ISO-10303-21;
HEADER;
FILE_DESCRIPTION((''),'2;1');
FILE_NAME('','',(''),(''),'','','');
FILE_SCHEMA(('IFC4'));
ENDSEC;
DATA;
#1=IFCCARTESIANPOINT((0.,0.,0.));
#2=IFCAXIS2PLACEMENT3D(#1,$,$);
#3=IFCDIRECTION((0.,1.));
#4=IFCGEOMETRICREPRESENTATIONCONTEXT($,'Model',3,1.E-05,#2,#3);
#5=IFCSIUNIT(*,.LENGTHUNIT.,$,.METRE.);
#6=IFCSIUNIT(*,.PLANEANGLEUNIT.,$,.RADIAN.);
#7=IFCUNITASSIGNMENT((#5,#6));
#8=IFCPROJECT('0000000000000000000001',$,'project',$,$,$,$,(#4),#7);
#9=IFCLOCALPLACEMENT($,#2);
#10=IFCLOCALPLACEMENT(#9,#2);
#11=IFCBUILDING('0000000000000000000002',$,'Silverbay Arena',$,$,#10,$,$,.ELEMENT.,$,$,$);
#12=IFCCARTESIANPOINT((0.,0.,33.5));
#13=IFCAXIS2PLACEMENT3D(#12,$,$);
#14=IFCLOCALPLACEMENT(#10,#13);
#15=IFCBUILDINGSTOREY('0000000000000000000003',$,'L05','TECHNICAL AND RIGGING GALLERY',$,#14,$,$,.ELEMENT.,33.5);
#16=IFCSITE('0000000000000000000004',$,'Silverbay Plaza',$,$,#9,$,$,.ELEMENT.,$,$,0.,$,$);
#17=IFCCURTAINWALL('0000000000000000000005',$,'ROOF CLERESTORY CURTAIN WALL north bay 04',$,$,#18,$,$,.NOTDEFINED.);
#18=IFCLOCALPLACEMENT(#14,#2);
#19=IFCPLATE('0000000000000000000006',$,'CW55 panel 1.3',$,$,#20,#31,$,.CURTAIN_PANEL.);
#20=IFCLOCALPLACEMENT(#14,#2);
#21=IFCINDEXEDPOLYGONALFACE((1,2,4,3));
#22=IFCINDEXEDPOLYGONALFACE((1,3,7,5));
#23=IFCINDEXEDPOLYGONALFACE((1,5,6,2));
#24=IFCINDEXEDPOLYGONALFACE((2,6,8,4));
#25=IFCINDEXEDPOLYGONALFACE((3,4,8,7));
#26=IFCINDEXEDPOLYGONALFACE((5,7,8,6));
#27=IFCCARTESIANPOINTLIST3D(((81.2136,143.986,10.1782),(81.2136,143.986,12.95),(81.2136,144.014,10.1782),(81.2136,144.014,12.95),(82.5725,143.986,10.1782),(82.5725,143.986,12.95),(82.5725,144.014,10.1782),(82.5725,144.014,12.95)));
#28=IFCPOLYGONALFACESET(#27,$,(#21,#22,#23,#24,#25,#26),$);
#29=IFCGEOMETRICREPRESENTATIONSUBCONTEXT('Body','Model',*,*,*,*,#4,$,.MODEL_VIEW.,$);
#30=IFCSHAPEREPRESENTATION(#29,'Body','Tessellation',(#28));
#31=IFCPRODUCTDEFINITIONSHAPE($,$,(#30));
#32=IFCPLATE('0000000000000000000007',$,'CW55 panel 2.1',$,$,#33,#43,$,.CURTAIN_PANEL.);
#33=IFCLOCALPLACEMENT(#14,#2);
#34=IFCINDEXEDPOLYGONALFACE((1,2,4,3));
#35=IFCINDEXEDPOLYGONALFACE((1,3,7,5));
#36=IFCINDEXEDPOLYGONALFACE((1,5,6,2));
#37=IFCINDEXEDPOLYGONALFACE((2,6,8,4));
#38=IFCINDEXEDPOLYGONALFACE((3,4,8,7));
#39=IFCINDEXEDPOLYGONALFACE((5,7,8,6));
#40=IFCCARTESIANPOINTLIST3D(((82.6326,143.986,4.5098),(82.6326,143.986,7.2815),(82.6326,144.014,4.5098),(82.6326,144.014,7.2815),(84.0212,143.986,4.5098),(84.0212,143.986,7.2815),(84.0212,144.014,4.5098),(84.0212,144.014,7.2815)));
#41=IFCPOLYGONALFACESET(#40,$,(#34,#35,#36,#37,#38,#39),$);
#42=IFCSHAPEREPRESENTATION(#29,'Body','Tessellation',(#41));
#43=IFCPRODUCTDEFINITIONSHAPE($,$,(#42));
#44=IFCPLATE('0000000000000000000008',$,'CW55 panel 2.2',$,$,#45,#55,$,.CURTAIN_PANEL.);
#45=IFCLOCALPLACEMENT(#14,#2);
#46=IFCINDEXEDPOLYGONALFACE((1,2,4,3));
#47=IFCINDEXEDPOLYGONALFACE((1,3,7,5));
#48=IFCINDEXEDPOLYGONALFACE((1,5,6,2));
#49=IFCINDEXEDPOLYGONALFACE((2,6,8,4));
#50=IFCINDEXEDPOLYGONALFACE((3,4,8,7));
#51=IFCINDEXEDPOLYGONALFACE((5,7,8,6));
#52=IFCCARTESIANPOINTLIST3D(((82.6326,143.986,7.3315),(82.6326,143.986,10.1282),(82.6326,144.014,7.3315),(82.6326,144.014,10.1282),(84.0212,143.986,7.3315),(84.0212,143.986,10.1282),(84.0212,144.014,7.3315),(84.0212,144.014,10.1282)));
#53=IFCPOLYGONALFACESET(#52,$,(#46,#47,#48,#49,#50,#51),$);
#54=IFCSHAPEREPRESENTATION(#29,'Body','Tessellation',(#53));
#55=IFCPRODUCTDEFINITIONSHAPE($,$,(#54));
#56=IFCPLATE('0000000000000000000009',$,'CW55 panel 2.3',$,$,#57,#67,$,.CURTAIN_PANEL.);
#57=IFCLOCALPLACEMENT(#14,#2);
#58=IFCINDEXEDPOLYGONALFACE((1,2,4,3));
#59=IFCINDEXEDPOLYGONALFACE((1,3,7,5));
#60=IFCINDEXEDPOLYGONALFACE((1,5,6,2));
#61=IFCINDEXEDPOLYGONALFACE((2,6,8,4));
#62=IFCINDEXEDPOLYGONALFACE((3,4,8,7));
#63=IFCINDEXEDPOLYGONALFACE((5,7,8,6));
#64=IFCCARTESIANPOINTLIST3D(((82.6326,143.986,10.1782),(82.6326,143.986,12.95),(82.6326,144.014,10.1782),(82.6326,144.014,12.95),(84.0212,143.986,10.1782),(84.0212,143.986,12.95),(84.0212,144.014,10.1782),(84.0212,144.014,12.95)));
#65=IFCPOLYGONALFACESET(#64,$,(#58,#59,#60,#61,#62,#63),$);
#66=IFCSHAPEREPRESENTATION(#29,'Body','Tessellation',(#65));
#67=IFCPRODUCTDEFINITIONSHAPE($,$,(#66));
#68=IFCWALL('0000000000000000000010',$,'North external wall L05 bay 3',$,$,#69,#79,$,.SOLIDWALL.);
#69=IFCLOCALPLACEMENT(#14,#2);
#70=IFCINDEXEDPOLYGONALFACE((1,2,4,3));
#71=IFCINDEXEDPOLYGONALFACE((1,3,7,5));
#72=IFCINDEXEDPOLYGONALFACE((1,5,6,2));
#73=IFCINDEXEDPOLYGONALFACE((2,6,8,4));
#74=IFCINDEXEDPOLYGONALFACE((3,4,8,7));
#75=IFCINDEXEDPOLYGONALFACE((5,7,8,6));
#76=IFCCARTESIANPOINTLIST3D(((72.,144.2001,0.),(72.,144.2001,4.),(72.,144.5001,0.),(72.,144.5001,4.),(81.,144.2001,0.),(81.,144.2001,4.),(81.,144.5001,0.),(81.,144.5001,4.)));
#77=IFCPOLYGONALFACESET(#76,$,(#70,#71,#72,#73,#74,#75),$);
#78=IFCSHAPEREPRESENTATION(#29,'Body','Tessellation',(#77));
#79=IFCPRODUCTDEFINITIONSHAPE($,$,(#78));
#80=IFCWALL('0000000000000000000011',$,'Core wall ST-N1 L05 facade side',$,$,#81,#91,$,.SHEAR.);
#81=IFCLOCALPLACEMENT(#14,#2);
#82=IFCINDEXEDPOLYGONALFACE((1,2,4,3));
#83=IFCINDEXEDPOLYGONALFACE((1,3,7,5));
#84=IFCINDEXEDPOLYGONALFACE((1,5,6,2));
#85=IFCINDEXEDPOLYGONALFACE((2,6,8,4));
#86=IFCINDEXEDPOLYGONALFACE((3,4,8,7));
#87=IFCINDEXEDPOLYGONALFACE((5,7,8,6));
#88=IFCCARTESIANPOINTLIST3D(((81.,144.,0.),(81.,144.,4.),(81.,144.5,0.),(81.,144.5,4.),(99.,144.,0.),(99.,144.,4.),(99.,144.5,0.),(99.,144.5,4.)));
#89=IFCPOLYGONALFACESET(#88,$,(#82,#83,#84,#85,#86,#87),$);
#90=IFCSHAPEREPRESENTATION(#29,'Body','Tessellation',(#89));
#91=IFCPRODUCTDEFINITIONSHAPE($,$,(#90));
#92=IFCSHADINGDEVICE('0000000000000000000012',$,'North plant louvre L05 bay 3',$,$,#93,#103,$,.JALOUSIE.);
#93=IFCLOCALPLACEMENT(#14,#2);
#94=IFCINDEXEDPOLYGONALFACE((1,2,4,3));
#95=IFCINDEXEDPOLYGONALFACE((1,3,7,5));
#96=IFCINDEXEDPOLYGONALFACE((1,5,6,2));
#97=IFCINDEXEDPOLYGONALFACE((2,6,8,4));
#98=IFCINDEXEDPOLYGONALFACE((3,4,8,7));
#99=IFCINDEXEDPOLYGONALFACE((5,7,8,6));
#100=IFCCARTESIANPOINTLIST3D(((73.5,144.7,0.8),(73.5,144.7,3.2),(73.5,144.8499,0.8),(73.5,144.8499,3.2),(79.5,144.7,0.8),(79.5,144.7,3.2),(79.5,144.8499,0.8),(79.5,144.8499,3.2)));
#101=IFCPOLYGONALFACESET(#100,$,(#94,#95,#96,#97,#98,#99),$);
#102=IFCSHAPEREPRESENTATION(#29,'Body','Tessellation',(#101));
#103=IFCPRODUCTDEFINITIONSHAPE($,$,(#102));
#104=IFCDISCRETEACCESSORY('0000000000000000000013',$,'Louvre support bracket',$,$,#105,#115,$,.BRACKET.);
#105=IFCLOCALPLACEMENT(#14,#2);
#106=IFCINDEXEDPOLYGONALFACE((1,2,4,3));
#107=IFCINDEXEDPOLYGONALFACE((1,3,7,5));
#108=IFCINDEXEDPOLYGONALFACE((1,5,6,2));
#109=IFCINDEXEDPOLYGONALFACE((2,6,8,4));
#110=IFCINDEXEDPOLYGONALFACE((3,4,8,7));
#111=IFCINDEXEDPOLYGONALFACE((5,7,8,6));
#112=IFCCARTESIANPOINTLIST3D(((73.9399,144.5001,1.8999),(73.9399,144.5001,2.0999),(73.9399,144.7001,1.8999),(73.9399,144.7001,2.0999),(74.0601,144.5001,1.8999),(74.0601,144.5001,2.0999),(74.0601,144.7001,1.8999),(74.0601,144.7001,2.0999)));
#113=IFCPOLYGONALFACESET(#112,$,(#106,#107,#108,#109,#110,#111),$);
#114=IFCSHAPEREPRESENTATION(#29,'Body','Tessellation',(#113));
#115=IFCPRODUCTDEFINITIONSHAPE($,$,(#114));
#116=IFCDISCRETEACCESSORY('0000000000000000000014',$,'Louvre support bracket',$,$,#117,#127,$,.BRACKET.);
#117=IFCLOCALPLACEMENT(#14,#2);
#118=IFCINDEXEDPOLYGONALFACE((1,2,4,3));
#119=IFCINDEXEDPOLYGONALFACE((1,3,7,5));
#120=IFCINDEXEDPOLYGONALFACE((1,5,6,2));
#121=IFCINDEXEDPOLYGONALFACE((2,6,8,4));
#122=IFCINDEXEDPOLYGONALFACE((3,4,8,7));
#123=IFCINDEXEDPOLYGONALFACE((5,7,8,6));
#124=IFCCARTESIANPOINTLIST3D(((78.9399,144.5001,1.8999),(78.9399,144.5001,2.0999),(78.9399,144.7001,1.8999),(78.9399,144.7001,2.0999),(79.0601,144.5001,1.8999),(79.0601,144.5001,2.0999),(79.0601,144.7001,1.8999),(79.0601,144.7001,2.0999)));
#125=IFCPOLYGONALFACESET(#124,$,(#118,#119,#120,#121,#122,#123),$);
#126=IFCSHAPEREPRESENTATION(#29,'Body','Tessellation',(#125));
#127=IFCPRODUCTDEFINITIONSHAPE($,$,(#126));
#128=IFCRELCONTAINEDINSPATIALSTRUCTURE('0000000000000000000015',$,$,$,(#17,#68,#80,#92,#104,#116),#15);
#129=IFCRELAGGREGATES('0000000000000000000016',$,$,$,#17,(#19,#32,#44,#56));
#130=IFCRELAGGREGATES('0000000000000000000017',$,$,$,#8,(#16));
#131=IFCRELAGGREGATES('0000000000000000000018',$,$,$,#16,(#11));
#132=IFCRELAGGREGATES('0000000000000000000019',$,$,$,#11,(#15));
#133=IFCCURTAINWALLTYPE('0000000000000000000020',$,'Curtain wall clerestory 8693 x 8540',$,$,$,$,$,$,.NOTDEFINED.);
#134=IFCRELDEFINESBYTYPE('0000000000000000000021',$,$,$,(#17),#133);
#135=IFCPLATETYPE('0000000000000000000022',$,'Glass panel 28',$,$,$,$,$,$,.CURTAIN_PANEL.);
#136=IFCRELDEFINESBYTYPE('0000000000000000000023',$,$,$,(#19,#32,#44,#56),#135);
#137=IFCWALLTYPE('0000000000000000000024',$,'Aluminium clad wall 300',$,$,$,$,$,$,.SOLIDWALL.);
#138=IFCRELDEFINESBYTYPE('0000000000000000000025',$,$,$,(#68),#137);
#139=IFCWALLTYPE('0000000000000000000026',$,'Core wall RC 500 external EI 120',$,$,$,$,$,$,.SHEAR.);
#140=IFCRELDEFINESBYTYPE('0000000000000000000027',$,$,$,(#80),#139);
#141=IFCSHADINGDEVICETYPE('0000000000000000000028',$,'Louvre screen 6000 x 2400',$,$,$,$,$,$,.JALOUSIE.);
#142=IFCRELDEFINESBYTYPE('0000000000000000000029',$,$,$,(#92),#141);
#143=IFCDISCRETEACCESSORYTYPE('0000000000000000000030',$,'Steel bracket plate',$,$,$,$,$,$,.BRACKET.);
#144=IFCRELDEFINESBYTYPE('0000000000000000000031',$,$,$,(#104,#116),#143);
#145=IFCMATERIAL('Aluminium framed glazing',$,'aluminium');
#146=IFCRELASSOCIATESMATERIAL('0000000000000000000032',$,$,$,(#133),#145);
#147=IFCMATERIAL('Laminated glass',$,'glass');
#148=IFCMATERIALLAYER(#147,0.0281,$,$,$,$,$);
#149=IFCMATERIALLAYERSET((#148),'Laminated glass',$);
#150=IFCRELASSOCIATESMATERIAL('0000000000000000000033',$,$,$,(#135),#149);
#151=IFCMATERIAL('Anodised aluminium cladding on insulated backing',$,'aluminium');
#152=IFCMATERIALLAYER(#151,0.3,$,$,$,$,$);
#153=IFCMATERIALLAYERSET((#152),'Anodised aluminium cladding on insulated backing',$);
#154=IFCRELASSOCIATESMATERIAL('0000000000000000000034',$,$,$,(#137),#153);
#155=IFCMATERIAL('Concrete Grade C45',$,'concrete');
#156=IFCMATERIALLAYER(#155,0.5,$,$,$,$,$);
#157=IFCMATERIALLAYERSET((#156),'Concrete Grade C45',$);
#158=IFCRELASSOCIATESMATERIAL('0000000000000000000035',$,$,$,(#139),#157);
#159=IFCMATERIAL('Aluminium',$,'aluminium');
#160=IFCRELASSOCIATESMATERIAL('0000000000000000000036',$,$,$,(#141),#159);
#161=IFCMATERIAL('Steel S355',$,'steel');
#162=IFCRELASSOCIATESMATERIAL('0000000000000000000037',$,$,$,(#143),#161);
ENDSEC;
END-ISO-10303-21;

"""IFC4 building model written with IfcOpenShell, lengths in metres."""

from ifc_helpers import new_model, si_unit, direction, frame, frame_2d, origin, origin_2d, place, context, subcontext, project, spatial, rectangle, extrude, material, layer, layer_set, type_object, element, aggregate, save


model = new_model("IFC4")

# Units and contexts
model_context = context("Model", 3, precision=1e-05, world=origin(), true_north=direction((0.0, 1.0)))
body_context = subcontext(model_context, "Body", "Model", "MODEL_VIEW")
ifc_project = project(units=[si_unit("LENGTHUNIT", "METRE"), si_unit("PLANEANGLEUNIT", "RADIAN")], contexts=[model_context])

# Site, building, storey
site_placement = place(None, origin())
site = spatial("IfcSite", under=ifc_project, at=site_placement, Name="Silverbay Plaza", CompositionType="ELEMENT", RefElevation=0.0)
building_placement = place(site_placement, origin())
building = spatial("IfcBuilding", under=site, at=building_placement, Name="Silverbay Arena", CompositionType="ELEMENT")
storey_placement = place(building_placement, frame((0.0, 0.0, 33.5)))
storey = spatial("IfcBuildingStorey", under=building, at=storey_placement, Name="L05", Description="TECHNICAL AND RIGGING GALLERY", CompositionType="ELEMENT", Elevation=33.5)

# Curtain wall
ifc_material_1 = material(Name="Aluminium framed glazing", Category="aluminium")
curtain_wall_type = type_object("IfcCurtainWallType", Name="Curtain wall clerestory 8693 x 8540", PredefinedType="NOTDEFINED", material=ifc_material_1)
curtain_wall_placement = place(storey_placement, origin())
curtain_wall = element("IfcCurtainWall", 1, at=curtain_wall_placement, inside=storey, type_object=curtain_wall_type, Name="ROOF CLERESTORY CURTAIN WALL north bay 04", PredefinedType="NOTDEFINED")

# Plates
ifc_material_2 = material(Name="Laminated glass", Category="glass")
ifc_layer_1 = layer(ifc_material_2, 0.0281)
ifc_layer_set_1 = layer_set([ifc_layer_1], Name="Laminated glass")
plate_type = type_object("IfcPlateType", Name="Glass panel 28", PredefinedType="CURTAIN_PANEL", material=ifc_layer_set_1)
plate_1_placement = place(storey_placement, frame((81.8931, 144.0, 10.1782), z_axis=(0.0, 0.0, 1.0), x_axis=(1.0, 0.0, 0.0)))
plate_1 = element("IfcPlate", 2, at=plate_1_placement, type_object=plate_type, Name="CW55 panel 1.3", PredefinedType="CURTAIN_PANEL", context=body_context, shape_type="SweptSolid", body=[
    extrude(rectangle(XDim=1.3589, YDim=0.0281, at=origin_2d()), origin(), (0.0, 0.0, 1.0), 2.7717),
])
plate_2_placement = place(storey_placement, frame((83.3269, 144.0, 4.5098), z_axis=(0.0, 0.0, 1.0), x_axis=(1.0, 0.0, 0.0)))
plate_2 = element("IfcPlate", 3, at=plate_2_placement, type_object=plate_type, Name="CW55 panel 2.1", PredefinedType="CURTAIN_PANEL", context=body_context, shape_type="SweptSolid", body=[
    extrude(rectangle(XDim=1.3887, YDim=0.0281, at=origin_2d()), origin(), (0.0, 0.0, 1.0), 2.7717),
])
plate_3_placement = place(storey_placement, frame((83.3269, 144.0, 7.3315), z_axis=(0.0, 0.0, 1.0), x_axis=(1.0, 0.0, 0.0)))
plate_3 = element("IfcPlate", 4, at=plate_3_placement, type_object=plate_type, Name="CW55 panel 2.2", PredefinedType="CURTAIN_PANEL", context=body_context, shape_type="SweptSolid", body=[
    extrude(rectangle(XDim=1.3887, YDim=0.0281, at=origin_2d()), origin(), (0.0, 0.0, 1.0), 2.7966),
])
plate_4_placement = place(storey_placement, frame((83.3269, 144.0, 10.1782), z_axis=(0.0, 0.0, 1.0), x_axis=(1.0, 0.0, 0.0)))
plate_4 = element("IfcPlate", 5, at=plate_4_placement, type_object=plate_type, Name="CW55 panel 2.3", PredefinedType="CURTAIN_PANEL", context=body_context, shape_type="SweptSolid", body=[
    extrude(rectangle(XDim=1.3887, YDim=0.0281, at=origin_2d()), origin(), (0.0, 0.0, 1.0), 2.7717),
])
aggregate(curtain_wall, [plate_1, plate_2, plate_3, plate_4])

# Walls
ifc_material_3 = material(Name="Anodised aluminium cladding on insulated backing", Category="aluminium")
ifc_layer_2 = layer(ifc_material_3, 0.3)
ifc_layer_set_2 = layer_set([ifc_layer_2], Name="Anodised aluminium cladding on insulated backing")
wall_type_1 = type_object("IfcWallType", Name="Aluminium clad wall 300", PredefinedType="SOLIDWALL", material=ifc_layer_set_2)
wall_1_placement = place(storey_placement, frame((81.0, 144.3501, 0.0), z_axis=(0.0, 0.0, 1.0), x_axis=(-1.0, 0.0, 0.0)))
element("IfcWall", 6, at=wall_1_placement, inside=storey, type_object=wall_type_1, Name="North external wall L05 bay 3", PredefinedType="SOLIDWALL", context=body_context, shape_type="SweptSolid", body=[
    extrude(rectangle(XDim=9.0, YDim=0.3, at=frame_2d((4.5, 0.0))), origin(), (0.0, 0.0, 1.0), 4.0),
])
ifc_material_4 = material(Name="Concrete Grade C45", Category="concrete")
ifc_layer_3 = layer(ifc_material_4, 0.5)
ifc_layer_set_3 = layer_set([ifc_layer_3], Name="Concrete Grade C45")
wall_type_2 = type_object("IfcWallType", Name="Core wall RC 500 external EI 120", PredefinedType="SHEAR", material=ifc_layer_set_3)
wall_2_placement = place(storey_placement, frame((81.0, 144.25, 0.0), z_axis=(0.0, 0.0, 1.0), x_axis=(1.0, 0.0, 0.0)))
element("IfcWall", 7, at=wall_2_placement, inside=storey, type_object=wall_type_2, Name="Core wall ST-N1 L05 facade side", PredefinedType="SHEAR", context=body_context, shape_type="SweptSolid", body=[
    extrude(rectangle(XDim=18.0, YDim=0.5, at=frame_2d((9.0, 0.0))), origin(), (0.0, 0.0, 1.0), 4.0),
])

# Shading device
ifc_material_5 = material(Name="Aluminium", Category="aluminium")
shading_device_type = type_object("IfcShadingDeviceType", Name="Louvre screen 6000 x 2400", PredefinedType="JALOUSIE", material=ifc_material_5)
shading_device_placement = place(storey_placement, frame((76.5, 144.7749, 0.8), z_axis=(0.0, 0.0, 1.0), x_axis=(1.0, 0.0, 0.0)))
element("IfcShadingDevice", 8, at=shading_device_placement, inside=storey, type_object=shading_device_type, Name="North plant louvre L05 bay 3", PredefinedType="JALOUSIE", context=body_context, shape_type="SweptSolid", body=[
    extrude(rectangle(XDim=6.0, YDim=0.1499, at=origin_2d()), origin(), (0.0, 0.0, 1.0), 2.3999),
])

# Discrete accessories
ifc_material_6 = material(Name="Steel S355", Category="steel")
discrete_accessory_type = type_object("IfcDiscreteAccessoryType", Name="Steel bracket plate", PredefinedType="BRACKET", material=ifc_material_6)
for number, where, z_axis, x_axis, name in (
    (9, (74.0, 144.6001, 1.8999), (0.0, 0.0, 1.0), (1.0, 0.0, 0.0), "Louvre support bracket"),
    (10, (79.0, 144.6001, 1.8999), (0.0, 0.0, 1.0), (1.0, 0.0, 0.0), "Louvre support bracket"),
):
    element("IfcDiscreteAccessory", number, at=place(storey_placement, frame(where, z_axis=z_axis, x_axis=x_axis)), inside=storey, type_object=discrete_accessory_type, Name=name, PredefinedType="BRACKET", context=body_context, shape_type="SweptSolid", body=[
        extrude(rectangle(XDim=0.1201, YDim=0.2, at=origin_2d()), origin(), (0.0, 0.0, 1.0), 0.2),
    ])

save(model, "model.ifc")
